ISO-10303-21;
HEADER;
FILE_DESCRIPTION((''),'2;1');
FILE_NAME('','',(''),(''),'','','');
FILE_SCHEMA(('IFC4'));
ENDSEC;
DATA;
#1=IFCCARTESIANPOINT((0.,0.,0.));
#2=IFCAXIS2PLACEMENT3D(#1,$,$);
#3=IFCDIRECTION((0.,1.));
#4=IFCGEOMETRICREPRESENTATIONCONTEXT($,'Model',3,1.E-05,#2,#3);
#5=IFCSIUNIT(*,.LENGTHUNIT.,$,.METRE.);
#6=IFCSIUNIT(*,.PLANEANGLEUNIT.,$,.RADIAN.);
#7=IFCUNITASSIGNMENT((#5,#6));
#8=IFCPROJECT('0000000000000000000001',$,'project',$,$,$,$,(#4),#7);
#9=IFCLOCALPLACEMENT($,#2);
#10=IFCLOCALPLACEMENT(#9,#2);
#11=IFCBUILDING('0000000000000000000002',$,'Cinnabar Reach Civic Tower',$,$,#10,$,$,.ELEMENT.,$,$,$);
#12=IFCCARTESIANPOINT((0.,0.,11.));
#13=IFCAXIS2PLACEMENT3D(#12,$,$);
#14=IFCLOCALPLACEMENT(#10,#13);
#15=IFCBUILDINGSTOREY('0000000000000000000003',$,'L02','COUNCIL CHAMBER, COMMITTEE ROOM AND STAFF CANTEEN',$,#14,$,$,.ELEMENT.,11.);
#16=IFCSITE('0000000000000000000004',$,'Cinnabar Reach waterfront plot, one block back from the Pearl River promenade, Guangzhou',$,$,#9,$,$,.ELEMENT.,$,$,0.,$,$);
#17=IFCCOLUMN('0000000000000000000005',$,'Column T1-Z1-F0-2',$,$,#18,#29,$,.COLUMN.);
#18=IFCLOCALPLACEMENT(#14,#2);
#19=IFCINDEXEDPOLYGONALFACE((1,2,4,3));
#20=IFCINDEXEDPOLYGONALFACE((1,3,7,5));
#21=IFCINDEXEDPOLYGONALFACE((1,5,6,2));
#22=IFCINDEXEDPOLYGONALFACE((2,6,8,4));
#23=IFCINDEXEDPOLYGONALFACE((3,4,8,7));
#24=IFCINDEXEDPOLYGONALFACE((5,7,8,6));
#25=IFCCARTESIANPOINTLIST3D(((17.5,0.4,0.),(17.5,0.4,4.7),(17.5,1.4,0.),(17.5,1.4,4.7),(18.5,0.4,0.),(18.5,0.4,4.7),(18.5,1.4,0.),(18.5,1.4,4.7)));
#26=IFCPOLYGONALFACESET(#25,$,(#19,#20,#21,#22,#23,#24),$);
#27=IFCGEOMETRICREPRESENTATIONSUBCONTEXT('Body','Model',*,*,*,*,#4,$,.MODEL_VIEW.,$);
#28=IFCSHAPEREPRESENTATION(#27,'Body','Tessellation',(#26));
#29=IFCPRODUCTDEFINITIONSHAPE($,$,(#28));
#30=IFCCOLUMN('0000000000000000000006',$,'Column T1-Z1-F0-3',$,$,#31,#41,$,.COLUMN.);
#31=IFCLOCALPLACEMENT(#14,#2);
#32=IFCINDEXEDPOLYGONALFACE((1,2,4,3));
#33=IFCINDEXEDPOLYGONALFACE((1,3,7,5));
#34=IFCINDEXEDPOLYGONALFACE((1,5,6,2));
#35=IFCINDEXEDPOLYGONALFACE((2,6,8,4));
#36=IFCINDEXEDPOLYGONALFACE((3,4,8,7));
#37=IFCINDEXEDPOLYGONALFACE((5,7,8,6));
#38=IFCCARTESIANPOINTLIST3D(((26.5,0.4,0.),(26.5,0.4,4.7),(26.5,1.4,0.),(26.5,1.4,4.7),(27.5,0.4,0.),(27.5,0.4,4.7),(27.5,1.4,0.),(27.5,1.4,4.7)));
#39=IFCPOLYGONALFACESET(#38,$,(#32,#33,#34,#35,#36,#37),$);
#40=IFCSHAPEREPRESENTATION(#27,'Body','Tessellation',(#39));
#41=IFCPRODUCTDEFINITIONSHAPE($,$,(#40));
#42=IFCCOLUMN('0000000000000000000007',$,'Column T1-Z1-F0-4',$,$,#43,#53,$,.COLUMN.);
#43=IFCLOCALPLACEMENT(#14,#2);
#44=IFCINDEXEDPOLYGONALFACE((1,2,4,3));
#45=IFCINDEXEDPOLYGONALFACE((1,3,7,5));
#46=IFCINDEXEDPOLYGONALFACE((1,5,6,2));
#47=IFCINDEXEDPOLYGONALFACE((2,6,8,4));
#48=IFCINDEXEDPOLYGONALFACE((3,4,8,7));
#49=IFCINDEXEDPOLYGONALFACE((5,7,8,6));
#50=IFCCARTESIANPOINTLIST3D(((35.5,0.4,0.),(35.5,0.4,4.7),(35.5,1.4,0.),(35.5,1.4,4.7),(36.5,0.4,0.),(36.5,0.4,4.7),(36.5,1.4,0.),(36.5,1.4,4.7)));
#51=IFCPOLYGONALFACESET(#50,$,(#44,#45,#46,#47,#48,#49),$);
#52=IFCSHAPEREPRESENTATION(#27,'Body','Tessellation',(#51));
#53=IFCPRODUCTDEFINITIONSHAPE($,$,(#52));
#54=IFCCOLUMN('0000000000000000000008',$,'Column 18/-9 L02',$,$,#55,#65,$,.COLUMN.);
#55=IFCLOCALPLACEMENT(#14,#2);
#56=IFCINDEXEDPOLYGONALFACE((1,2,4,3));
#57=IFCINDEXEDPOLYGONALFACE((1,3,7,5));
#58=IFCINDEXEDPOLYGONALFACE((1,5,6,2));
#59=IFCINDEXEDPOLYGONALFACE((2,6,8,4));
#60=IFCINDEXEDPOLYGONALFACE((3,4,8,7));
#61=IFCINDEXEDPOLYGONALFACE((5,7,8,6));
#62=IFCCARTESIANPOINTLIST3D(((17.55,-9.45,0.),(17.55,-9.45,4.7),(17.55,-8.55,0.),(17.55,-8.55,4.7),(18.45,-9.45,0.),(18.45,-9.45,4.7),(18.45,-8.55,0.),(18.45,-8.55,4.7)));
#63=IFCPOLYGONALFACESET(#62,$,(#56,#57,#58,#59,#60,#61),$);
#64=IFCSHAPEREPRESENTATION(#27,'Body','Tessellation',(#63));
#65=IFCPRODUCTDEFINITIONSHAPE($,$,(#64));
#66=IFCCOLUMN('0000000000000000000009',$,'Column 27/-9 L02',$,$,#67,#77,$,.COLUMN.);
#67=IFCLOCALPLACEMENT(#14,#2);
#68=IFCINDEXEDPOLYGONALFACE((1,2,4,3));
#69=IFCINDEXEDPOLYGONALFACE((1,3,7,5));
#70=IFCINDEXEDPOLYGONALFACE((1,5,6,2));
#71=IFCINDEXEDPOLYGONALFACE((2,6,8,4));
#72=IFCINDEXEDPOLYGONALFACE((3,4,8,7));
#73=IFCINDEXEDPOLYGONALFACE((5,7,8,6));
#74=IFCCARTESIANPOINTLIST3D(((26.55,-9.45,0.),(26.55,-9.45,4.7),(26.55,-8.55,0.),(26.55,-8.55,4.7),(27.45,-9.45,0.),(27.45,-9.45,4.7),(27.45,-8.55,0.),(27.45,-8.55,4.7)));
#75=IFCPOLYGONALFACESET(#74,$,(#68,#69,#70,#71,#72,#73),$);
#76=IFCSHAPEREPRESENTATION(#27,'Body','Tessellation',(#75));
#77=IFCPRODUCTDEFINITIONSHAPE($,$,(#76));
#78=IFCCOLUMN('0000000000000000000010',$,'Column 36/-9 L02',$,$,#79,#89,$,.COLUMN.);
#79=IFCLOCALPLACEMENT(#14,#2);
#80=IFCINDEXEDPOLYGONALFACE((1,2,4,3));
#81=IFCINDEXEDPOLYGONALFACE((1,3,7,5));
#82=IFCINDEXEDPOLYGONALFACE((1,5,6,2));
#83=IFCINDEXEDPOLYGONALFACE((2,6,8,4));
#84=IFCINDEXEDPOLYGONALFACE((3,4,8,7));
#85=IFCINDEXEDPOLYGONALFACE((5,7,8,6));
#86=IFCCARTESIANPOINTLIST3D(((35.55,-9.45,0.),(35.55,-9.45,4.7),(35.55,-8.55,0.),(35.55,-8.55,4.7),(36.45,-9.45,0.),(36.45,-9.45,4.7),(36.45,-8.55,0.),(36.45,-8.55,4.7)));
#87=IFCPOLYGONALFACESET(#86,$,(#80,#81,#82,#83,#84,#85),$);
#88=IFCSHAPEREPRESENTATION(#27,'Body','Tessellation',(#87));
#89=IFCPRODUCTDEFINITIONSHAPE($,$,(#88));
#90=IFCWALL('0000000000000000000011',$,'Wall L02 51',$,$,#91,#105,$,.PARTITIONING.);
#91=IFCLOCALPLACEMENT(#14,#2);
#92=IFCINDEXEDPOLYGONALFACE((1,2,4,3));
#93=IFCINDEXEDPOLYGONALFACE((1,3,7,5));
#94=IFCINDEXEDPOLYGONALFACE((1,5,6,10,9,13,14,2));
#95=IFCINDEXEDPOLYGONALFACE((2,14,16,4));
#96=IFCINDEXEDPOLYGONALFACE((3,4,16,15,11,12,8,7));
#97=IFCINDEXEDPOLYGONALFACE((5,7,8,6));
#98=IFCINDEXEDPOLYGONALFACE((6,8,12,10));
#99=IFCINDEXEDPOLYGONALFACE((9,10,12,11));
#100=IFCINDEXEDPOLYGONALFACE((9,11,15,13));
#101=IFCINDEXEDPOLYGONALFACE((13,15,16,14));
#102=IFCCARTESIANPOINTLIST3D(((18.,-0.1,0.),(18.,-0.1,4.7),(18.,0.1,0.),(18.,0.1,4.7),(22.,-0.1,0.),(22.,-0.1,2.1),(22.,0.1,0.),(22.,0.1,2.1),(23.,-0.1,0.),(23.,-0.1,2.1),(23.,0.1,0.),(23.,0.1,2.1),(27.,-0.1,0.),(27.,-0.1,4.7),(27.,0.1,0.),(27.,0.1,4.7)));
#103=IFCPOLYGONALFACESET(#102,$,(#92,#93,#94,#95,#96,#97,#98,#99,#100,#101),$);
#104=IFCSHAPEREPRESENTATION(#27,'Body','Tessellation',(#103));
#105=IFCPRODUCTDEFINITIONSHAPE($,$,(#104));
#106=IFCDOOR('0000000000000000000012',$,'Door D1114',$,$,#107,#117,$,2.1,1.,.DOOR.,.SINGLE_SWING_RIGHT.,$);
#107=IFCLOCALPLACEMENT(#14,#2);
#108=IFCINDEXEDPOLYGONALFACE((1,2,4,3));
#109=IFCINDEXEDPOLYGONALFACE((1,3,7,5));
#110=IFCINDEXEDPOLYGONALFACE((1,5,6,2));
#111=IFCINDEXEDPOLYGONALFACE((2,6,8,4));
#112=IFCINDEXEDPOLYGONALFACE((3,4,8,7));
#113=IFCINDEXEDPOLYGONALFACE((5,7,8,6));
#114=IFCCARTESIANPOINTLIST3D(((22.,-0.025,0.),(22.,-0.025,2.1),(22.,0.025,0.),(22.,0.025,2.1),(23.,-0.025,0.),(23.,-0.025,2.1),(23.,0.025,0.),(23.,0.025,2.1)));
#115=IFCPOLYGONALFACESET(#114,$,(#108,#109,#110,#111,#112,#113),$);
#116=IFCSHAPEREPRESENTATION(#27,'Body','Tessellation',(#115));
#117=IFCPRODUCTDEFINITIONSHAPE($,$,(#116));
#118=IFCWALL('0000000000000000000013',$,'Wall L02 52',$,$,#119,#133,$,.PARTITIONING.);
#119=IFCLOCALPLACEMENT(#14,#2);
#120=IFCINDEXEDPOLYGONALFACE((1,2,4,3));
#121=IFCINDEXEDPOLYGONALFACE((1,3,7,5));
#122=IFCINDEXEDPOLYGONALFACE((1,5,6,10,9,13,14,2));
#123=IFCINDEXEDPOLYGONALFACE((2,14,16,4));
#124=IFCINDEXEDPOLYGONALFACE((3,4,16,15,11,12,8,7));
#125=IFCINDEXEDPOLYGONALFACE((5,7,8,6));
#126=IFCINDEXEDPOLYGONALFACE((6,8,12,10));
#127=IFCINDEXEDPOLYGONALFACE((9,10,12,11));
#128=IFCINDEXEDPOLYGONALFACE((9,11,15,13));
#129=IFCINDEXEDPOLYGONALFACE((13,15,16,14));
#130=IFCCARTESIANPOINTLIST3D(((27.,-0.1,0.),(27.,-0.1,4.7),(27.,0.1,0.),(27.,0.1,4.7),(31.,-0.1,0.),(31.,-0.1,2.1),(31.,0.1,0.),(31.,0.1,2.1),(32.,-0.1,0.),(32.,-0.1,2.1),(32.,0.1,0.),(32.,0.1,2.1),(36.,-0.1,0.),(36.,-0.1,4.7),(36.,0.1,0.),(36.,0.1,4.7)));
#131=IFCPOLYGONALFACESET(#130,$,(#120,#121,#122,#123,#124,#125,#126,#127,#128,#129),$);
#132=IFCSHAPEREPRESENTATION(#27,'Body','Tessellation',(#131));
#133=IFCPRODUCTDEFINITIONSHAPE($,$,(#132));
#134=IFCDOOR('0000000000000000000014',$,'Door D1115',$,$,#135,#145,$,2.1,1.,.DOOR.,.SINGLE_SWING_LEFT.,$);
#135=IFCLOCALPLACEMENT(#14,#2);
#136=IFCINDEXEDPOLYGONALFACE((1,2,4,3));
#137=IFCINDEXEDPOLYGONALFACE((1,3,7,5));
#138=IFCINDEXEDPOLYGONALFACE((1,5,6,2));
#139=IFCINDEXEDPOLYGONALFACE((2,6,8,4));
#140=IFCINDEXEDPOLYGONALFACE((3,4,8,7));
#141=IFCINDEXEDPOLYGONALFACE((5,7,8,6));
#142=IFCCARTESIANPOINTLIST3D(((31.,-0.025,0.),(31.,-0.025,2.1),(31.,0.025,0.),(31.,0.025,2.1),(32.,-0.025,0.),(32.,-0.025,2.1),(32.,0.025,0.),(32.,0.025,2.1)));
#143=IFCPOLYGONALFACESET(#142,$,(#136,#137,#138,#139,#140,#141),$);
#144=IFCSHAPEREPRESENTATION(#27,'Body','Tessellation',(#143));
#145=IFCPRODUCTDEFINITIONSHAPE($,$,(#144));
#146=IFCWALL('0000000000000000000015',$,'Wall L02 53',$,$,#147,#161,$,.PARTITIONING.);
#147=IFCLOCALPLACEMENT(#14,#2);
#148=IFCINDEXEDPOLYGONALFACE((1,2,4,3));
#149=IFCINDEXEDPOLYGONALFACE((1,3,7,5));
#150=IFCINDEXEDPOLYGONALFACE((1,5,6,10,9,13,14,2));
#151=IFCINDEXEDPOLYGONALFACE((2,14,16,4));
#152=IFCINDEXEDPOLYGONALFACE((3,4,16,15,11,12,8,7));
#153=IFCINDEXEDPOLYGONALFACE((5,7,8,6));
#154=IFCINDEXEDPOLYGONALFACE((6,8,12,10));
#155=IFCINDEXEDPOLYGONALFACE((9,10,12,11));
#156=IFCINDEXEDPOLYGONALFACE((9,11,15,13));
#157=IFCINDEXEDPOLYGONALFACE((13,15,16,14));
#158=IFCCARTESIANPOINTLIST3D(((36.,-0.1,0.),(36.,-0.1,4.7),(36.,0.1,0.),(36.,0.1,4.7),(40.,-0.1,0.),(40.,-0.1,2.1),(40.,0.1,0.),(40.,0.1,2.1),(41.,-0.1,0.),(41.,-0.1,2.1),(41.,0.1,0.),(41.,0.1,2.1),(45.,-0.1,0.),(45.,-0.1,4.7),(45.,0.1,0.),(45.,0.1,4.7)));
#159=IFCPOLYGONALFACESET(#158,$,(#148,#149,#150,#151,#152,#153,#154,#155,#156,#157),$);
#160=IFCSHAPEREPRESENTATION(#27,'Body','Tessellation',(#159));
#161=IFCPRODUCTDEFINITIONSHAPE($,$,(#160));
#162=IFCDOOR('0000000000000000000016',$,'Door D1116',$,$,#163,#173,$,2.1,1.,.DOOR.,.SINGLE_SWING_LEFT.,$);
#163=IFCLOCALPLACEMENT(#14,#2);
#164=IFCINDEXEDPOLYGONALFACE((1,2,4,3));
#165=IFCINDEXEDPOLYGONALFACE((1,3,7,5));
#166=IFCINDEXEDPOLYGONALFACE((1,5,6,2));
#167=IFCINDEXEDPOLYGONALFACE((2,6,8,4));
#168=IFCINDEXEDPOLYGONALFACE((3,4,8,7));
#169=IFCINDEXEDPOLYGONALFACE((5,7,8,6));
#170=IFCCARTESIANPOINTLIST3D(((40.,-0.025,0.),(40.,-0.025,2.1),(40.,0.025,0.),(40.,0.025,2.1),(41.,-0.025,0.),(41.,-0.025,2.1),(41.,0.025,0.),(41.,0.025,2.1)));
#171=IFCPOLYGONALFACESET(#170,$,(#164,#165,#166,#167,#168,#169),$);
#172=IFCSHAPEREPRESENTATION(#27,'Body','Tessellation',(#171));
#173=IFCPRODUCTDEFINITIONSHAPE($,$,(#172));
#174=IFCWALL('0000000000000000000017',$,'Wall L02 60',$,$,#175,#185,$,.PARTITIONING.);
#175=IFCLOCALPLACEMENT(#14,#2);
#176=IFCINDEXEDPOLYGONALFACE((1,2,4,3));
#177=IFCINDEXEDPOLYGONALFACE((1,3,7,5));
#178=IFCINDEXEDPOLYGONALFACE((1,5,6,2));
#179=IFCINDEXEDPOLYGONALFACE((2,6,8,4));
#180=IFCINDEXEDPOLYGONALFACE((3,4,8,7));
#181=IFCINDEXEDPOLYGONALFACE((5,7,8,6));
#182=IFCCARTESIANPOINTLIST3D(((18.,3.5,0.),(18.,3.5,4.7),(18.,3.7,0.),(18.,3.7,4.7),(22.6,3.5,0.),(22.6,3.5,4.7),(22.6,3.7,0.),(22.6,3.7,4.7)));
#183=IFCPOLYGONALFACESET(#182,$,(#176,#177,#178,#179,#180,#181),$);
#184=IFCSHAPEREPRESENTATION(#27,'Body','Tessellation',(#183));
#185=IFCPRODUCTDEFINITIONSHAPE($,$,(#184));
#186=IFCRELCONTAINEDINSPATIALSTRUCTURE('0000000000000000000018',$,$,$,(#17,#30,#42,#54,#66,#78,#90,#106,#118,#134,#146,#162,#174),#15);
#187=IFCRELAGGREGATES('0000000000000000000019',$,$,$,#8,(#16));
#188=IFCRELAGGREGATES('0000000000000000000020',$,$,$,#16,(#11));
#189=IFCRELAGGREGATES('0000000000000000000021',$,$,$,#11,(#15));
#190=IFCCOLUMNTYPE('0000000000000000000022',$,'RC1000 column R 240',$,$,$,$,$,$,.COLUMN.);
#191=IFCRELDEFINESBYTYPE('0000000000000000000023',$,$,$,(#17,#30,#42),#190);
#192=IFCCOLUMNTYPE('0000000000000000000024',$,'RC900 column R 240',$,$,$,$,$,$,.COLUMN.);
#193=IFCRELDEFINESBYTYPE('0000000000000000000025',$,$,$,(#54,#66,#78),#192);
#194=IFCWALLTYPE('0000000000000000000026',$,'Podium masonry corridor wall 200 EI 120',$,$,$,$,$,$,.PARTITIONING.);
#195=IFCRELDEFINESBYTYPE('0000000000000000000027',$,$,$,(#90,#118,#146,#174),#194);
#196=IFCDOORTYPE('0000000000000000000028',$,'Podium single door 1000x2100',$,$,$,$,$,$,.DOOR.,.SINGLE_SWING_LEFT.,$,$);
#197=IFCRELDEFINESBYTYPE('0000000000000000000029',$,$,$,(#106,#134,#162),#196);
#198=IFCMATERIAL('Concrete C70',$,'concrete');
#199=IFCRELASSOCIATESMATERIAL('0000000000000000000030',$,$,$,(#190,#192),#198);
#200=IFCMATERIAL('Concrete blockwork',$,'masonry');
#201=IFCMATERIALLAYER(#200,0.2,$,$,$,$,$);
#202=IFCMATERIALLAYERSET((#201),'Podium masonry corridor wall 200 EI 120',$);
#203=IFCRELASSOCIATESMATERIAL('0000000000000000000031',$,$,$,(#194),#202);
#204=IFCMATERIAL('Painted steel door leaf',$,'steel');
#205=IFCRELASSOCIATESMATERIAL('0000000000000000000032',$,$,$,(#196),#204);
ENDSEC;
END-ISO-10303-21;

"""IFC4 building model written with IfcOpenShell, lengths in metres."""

from ifc_helpers import new_model, si_unit, direction, frame, frame_2d, origin, origin_2d, place, context, subcontext, project, spatial, rectangle, extrude, material, layer, layer_set, material_profile, profile_set, type_object, element, fill, save


model = new_model("IFC4")

# Units and contexts
model_context = context("Model", 3, precision=1e-05, world=origin(), true_north=direction((0.0, 1.0)))
body_context = subcontext(model_context, "Body", "Model", "MODEL_VIEW")
ifc_project = project(units=[si_unit("LENGTHUNIT", "METRE"), si_unit("PLANEANGLEUNIT", "RADIAN")], contexts=[model_context])

# Site, building, storey
site_placement = place(None, origin())
site = spatial("IfcSite", under=ifc_project, at=site_placement, Name="Cinnabar Reach waterfront plot, one block back from the Pearl River promenade, Guangzhou", CompositionType="ELEMENT", RefElevation=0.0)
building_placement = place(site_placement, origin())
building = spatial("IfcBuilding", under=site, at=building_placement, Name="Cinnabar Reach Civic Tower", CompositionType="ELEMENT")
storey_placement = place(building_placement, frame((0.0, 0.0, 11.0)))
storey = spatial("IfcBuildingStorey", under=building, at=storey_placement, Name="L02", Description="COUNCIL CHAMBER, COMMITTEE ROOM AND STAFF CANTEEN", CompositionType="ELEMENT", Elevation=11.0)

# Columns
ifc_material_1 = material(Name="Concrete C70", Category="concrete")
ifc_material_profile_1 = material_profile(ifc_material_1, rectangle(XDim=1.0, YDim=1.0, at=origin_2d()), Name="RC1000")
ifc_profile_set_1 = profile_set([ifc_material_profile_1], Name="Concrete C70")
column_type_1 = type_object("IfcColumnType", Name="RC1000 column R 240", PredefinedType="COLUMN", material=ifc_profile_set_1)
for number, where, z_axis, x_axis, name in (
    (1, (18.0, 0.9, 0.0), (0.0, 0.0, 1.0), (1.0, 0.0, 0.0), "Column T1-Z1-F0-2"),
    (2, (27.0, 0.9, 0.0), (0.0, 0.0, 1.0), (1.0, 0.0, 0.0), "Column T1-Z1-F0-3"),
    (3, (36.0, 0.9, 0.0), (0.0, 0.0, 1.0), (1.0, 0.0, 0.0), "Column T1-Z1-F0-4"),
):
    element("IfcColumn", number, at=place(storey_placement, frame(where, z_axis=z_axis, x_axis=x_axis)), inside=storey, type_object=column_type_1, Name=name, PredefinedType="COLUMN", context=body_context, shape_type="SweptSolid", body=[
        extrude(rectangle(XDim=1.0, YDim=1.0, at=origin_2d()), origin(), (0.0, 0.0, 1.0), 4.7),
    ])
ifc_material_profile_2 = material_profile(ifc_material_1, rectangle(XDim=0.9, YDim=0.9, at=origin_2d()), Name="RC900")
ifc_profile_set_2 = profile_set([ifc_material_profile_2], Name="Concrete C70")
column_type_2 = type_object("IfcColumnType", Name="RC900 column R 240", PredefinedType="COLUMN", material=ifc_profile_set_2)
for number, where, z_axis, x_axis, name in (
    (4, (18.0, -9.0, 0.0), (0.0, 0.0, 1.0), (1.0, 0.0, 0.0), "Column 18/-9 L02"),
    (5, (27.0, -9.0, 0.0), (0.0, 0.0, 1.0), (1.0, 0.0, 0.0), "Column 27/-9 L02"),
    (6, (36.0, -9.0, 0.0), (0.0, 0.0, 1.0), (1.0, 0.0, 0.0), "Column 36/-9 L02"),
):
    element("IfcColumn", number, at=place(storey_placement, frame(where, z_axis=z_axis, x_axis=x_axis)), inside=storey, type_object=column_type_2, Name=name, PredefinedType="COLUMN", context=body_context, shape_type="SweptSolid", body=[
        extrude(rectangle(XDim=0.9, YDim=0.9, at=origin_2d()), origin(), (0.0, 0.0, 1.0), 4.7),
    ])

# Walls, openings, doors
ifc_material_2 = material(Name="Concrete blockwork", Category="masonry")
ifc_layer_1 = layer(ifc_material_2, 0.2)
ifc_layer_set_1 = layer_set([ifc_layer_1], Name="Podium masonry corridor wall 200 EI 120")
wall_type_1 = type_object("IfcWallType", Name="Podium masonry corridor wall 200 EI 120", PredefinedType="PARTITIONING", material=ifc_layer_set_1)
wall_1_placement = place(storey_placement, frame((18.0, 0.0, 0.0), z_axis=(0.0, 0.0, 1.0), x_axis=(1.0, 0.0, 0.0)))
wall_1 = element("IfcWall", 7, at=wall_1_placement, inside=storey, type_object=wall_type_1, Name="Wall L02 51", PredefinedType="PARTITIONING", context=body_context, shape_type="SweptSolid", body=[
    extrude(rectangle(XDim=9.0, YDim=0.2, at=frame_2d((4.5, 0.0))), origin(), (0.0, 0.0, 1.0), 4.7),
])
opening_1_placement = place(wall_1_placement, frame((4.0, 0.0, 0.0)))
opening_1 = element("IfcOpeningElement", 8, at=opening_1_placement, cuts=wall_1, PredefinedType="OPENING", context=body_context, shape_type="SweptSolid", body=[
    extrude(rectangle(XDim=1.0, YDim=2.1, at=frame_2d((0.5, 1.05))), frame((0.0, 0.11, 0.0), z_axis=(0.0, -1.0, 0.0), x_axis=(1.0, 0.0, 0.0)), (0.0, 0.0, 1.0), 0.22),
])
ifc_material_3 = material(Name="Painted steel door leaf", Category="steel")
door_type = type_object("IfcDoorType", Name="Podium single door 1000x2100", OperationType="SINGLE_SWING_LEFT", PredefinedType="DOOR", material=ifc_material_3)
door_1_placement = place(opening_1_placement, frame((1.0, 0.0, 0.0), z_axis=(0.0, 0.0, 1.0), x_axis=(-1.0, 0.0, 0.0)))
door_1 = element("IfcDoor", 9, at=door_1_placement, inside=storey, type_object=door_type, Name="Door D1114", OperationType="SINGLE_SWING_RIGHT", OverallHeight=2.1, OverallWidth=1.0, PredefinedType="DOOR", context=body_context, shape_type="SweptSolid", body=[
    extrude(rectangle(XDim=1.0, YDim=2.1, at=frame_2d((0.5, 1.05))), frame((0.0, 0.025, 0.0), z_axis=(0.0, -1.0, 0.0), x_axis=(1.0, 0.0, 0.0)), (0.0, 0.0, 1.0), 0.05),
])
fill(opening_1, door_1)
wall_2_placement = place(storey_placement, frame((27.0, 0.0, 0.0), z_axis=(0.0, 0.0, 1.0), x_axis=(1.0, 0.0, 0.0)))
wall_2 = element("IfcWall", 10, at=wall_2_placement, inside=storey, type_object=wall_type_1, Name="Wall L02 52", PredefinedType="PARTITIONING", context=body_context, shape_type="SweptSolid", body=[
    extrude(rectangle(XDim=9.0, YDim=0.2, at=frame_2d((4.5, 0.0))), origin(), (0.0, 0.0, 1.0), 4.7),
])
opening_2_placement = place(wall_2_placement, frame((4.0, 0.0, 0.0)))
opening_2 = element("IfcOpeningElement", 11, at=opening_2_placement, cuts=wall_2, PredefinedType="OPENING", context=body_context, shape_type="SweptSolid", body=[
    extrude(rectangle(XDim=1.0, YDim=2.1, at=frame_2d((0.5, 1.05))), frame((0.0, 0.11, 0.0), z_axis=(0.0, -1.0, 0.0), x_axis=(1.0, 0.0, 0.0)), (0.0, 0.0, 1.0), 0.22),
])
door_2_placement = place(opening_2_placement, frame((1.0, 0.0, 0.0), z_axis=(0.0, 0.0, 1.0), x_axis=(-1.0, 0.0, 0.0)))
door_2 = element("IfcDoor", 12, at=door_2_placement, inside=storey, type_object=door_type, Name="Door D1115", OperationType="SINGLE_SWING_LEFT", OverallHeight=2.1, OverallWidth=1.0, PredefinedType="DOOR", context=body_context, shape_type="SweptSolid", body=[
    extrude(rectangle(XDim=1.0, YDim=2.1, at=frame_2d((0.5, 1.05))), frame((0.0, 0.025, 0.0), z_axis=(0.0, -1.0, 0.0), x_axis=(1.0, 0.0, 0.0)), (0.0, 0.0, 1.0), 0.05),
])
fill(opening_2, door_2)
wall_3_placement = place(storey_placement, frame((36.0, 0.0, 0.0), z_axis=(0.0, 0.0, 1.0), x_axis=(1.0, 0.0, 0.0)))
wall_3 = element("IfcWall", 13, at=wall_3_placement, inside=storey, type_object=wall_type_1, Name="Wall L02 53", PredefinedType="PARTITIONING", context=body_context, shape_type="SweptSolid", body=[
    extrude(rectangle(XDim=9.0, YDim=0.2, at=frame_2d((4.5, 0.0))), origin(), (0.0, 0.0, 1.0), 4.7),
])
opening_3_placement = place(wall_3_placement, frame((4.0, 0.0, 0.0)))
opening_3 = element("IfcOpeningElement", 14, at=opening_3_placement, cuts=wall_3, PredefinedType="OPENING", context=body_context, shape_type="SweptSolid", body=[
    extrude(rectangle(XDim=1.0, YDim=2.1, at=frame_2d((0.5, 1.05))), frame((0.0, 0.11, 0.0), z_axis=(0.0, -1.0, 0.0), x_axis=(1.0, 0.0, 0.0)), (0.0, 0.0, 1.0), 0.22),
])
door_3_placement = place(opening_3_placement, frame((1.0, 0.0, 0.0), z_axis=(0.0, 0.0, 1.0), x_axis=(-1.0, 0.0, 0.0)))
door_3 = element("IfcDoor", 15, at=door_3_placement, inside=storey, type_object=door_type, Name="Door D1116", OperationType="SINGLE_SWING_LEFT", OverallHeight=2.1, OverallWidth=1.0, PredefinedType="DOOR", context=body_context, shape_type="SweptSolid", body=[
    extrude(rectangle(XDim=1.0, YDim=2.1, at=frame_2d((0.5, 1.05))), frame((0.0, 0.025, 0.0), z_axis=(0.0, -1.0, 0.0), x_axis=(1.0, 0.0, 0.0)), (0.0, 0.0, 1.0), 0.05),
])
fill(opening_3, door_3)

# Wall
wall_4_placement = place(storey_placement, frame((18.0, 3.6, 0.0), z_axis=(0.0, 0.0, 1.0), x_axis=(1.0, 0.0, 0.0)))
element("IfcWall", 16, at=wall_4_placement, inside=storey, type_object=wall_type_1, Name="Wall L02 60", PredefinedType="PARTITIONING", context=body_context, shape_type="SweptSolid", body=[
    extrude(rectangle(XDim=4.6, YDim=0.2, at=frame_2d((2.3, 0.0))), origin(), (0.0, 0.0, 1.0), 4.7),
])

save(model, "model.ifc")
